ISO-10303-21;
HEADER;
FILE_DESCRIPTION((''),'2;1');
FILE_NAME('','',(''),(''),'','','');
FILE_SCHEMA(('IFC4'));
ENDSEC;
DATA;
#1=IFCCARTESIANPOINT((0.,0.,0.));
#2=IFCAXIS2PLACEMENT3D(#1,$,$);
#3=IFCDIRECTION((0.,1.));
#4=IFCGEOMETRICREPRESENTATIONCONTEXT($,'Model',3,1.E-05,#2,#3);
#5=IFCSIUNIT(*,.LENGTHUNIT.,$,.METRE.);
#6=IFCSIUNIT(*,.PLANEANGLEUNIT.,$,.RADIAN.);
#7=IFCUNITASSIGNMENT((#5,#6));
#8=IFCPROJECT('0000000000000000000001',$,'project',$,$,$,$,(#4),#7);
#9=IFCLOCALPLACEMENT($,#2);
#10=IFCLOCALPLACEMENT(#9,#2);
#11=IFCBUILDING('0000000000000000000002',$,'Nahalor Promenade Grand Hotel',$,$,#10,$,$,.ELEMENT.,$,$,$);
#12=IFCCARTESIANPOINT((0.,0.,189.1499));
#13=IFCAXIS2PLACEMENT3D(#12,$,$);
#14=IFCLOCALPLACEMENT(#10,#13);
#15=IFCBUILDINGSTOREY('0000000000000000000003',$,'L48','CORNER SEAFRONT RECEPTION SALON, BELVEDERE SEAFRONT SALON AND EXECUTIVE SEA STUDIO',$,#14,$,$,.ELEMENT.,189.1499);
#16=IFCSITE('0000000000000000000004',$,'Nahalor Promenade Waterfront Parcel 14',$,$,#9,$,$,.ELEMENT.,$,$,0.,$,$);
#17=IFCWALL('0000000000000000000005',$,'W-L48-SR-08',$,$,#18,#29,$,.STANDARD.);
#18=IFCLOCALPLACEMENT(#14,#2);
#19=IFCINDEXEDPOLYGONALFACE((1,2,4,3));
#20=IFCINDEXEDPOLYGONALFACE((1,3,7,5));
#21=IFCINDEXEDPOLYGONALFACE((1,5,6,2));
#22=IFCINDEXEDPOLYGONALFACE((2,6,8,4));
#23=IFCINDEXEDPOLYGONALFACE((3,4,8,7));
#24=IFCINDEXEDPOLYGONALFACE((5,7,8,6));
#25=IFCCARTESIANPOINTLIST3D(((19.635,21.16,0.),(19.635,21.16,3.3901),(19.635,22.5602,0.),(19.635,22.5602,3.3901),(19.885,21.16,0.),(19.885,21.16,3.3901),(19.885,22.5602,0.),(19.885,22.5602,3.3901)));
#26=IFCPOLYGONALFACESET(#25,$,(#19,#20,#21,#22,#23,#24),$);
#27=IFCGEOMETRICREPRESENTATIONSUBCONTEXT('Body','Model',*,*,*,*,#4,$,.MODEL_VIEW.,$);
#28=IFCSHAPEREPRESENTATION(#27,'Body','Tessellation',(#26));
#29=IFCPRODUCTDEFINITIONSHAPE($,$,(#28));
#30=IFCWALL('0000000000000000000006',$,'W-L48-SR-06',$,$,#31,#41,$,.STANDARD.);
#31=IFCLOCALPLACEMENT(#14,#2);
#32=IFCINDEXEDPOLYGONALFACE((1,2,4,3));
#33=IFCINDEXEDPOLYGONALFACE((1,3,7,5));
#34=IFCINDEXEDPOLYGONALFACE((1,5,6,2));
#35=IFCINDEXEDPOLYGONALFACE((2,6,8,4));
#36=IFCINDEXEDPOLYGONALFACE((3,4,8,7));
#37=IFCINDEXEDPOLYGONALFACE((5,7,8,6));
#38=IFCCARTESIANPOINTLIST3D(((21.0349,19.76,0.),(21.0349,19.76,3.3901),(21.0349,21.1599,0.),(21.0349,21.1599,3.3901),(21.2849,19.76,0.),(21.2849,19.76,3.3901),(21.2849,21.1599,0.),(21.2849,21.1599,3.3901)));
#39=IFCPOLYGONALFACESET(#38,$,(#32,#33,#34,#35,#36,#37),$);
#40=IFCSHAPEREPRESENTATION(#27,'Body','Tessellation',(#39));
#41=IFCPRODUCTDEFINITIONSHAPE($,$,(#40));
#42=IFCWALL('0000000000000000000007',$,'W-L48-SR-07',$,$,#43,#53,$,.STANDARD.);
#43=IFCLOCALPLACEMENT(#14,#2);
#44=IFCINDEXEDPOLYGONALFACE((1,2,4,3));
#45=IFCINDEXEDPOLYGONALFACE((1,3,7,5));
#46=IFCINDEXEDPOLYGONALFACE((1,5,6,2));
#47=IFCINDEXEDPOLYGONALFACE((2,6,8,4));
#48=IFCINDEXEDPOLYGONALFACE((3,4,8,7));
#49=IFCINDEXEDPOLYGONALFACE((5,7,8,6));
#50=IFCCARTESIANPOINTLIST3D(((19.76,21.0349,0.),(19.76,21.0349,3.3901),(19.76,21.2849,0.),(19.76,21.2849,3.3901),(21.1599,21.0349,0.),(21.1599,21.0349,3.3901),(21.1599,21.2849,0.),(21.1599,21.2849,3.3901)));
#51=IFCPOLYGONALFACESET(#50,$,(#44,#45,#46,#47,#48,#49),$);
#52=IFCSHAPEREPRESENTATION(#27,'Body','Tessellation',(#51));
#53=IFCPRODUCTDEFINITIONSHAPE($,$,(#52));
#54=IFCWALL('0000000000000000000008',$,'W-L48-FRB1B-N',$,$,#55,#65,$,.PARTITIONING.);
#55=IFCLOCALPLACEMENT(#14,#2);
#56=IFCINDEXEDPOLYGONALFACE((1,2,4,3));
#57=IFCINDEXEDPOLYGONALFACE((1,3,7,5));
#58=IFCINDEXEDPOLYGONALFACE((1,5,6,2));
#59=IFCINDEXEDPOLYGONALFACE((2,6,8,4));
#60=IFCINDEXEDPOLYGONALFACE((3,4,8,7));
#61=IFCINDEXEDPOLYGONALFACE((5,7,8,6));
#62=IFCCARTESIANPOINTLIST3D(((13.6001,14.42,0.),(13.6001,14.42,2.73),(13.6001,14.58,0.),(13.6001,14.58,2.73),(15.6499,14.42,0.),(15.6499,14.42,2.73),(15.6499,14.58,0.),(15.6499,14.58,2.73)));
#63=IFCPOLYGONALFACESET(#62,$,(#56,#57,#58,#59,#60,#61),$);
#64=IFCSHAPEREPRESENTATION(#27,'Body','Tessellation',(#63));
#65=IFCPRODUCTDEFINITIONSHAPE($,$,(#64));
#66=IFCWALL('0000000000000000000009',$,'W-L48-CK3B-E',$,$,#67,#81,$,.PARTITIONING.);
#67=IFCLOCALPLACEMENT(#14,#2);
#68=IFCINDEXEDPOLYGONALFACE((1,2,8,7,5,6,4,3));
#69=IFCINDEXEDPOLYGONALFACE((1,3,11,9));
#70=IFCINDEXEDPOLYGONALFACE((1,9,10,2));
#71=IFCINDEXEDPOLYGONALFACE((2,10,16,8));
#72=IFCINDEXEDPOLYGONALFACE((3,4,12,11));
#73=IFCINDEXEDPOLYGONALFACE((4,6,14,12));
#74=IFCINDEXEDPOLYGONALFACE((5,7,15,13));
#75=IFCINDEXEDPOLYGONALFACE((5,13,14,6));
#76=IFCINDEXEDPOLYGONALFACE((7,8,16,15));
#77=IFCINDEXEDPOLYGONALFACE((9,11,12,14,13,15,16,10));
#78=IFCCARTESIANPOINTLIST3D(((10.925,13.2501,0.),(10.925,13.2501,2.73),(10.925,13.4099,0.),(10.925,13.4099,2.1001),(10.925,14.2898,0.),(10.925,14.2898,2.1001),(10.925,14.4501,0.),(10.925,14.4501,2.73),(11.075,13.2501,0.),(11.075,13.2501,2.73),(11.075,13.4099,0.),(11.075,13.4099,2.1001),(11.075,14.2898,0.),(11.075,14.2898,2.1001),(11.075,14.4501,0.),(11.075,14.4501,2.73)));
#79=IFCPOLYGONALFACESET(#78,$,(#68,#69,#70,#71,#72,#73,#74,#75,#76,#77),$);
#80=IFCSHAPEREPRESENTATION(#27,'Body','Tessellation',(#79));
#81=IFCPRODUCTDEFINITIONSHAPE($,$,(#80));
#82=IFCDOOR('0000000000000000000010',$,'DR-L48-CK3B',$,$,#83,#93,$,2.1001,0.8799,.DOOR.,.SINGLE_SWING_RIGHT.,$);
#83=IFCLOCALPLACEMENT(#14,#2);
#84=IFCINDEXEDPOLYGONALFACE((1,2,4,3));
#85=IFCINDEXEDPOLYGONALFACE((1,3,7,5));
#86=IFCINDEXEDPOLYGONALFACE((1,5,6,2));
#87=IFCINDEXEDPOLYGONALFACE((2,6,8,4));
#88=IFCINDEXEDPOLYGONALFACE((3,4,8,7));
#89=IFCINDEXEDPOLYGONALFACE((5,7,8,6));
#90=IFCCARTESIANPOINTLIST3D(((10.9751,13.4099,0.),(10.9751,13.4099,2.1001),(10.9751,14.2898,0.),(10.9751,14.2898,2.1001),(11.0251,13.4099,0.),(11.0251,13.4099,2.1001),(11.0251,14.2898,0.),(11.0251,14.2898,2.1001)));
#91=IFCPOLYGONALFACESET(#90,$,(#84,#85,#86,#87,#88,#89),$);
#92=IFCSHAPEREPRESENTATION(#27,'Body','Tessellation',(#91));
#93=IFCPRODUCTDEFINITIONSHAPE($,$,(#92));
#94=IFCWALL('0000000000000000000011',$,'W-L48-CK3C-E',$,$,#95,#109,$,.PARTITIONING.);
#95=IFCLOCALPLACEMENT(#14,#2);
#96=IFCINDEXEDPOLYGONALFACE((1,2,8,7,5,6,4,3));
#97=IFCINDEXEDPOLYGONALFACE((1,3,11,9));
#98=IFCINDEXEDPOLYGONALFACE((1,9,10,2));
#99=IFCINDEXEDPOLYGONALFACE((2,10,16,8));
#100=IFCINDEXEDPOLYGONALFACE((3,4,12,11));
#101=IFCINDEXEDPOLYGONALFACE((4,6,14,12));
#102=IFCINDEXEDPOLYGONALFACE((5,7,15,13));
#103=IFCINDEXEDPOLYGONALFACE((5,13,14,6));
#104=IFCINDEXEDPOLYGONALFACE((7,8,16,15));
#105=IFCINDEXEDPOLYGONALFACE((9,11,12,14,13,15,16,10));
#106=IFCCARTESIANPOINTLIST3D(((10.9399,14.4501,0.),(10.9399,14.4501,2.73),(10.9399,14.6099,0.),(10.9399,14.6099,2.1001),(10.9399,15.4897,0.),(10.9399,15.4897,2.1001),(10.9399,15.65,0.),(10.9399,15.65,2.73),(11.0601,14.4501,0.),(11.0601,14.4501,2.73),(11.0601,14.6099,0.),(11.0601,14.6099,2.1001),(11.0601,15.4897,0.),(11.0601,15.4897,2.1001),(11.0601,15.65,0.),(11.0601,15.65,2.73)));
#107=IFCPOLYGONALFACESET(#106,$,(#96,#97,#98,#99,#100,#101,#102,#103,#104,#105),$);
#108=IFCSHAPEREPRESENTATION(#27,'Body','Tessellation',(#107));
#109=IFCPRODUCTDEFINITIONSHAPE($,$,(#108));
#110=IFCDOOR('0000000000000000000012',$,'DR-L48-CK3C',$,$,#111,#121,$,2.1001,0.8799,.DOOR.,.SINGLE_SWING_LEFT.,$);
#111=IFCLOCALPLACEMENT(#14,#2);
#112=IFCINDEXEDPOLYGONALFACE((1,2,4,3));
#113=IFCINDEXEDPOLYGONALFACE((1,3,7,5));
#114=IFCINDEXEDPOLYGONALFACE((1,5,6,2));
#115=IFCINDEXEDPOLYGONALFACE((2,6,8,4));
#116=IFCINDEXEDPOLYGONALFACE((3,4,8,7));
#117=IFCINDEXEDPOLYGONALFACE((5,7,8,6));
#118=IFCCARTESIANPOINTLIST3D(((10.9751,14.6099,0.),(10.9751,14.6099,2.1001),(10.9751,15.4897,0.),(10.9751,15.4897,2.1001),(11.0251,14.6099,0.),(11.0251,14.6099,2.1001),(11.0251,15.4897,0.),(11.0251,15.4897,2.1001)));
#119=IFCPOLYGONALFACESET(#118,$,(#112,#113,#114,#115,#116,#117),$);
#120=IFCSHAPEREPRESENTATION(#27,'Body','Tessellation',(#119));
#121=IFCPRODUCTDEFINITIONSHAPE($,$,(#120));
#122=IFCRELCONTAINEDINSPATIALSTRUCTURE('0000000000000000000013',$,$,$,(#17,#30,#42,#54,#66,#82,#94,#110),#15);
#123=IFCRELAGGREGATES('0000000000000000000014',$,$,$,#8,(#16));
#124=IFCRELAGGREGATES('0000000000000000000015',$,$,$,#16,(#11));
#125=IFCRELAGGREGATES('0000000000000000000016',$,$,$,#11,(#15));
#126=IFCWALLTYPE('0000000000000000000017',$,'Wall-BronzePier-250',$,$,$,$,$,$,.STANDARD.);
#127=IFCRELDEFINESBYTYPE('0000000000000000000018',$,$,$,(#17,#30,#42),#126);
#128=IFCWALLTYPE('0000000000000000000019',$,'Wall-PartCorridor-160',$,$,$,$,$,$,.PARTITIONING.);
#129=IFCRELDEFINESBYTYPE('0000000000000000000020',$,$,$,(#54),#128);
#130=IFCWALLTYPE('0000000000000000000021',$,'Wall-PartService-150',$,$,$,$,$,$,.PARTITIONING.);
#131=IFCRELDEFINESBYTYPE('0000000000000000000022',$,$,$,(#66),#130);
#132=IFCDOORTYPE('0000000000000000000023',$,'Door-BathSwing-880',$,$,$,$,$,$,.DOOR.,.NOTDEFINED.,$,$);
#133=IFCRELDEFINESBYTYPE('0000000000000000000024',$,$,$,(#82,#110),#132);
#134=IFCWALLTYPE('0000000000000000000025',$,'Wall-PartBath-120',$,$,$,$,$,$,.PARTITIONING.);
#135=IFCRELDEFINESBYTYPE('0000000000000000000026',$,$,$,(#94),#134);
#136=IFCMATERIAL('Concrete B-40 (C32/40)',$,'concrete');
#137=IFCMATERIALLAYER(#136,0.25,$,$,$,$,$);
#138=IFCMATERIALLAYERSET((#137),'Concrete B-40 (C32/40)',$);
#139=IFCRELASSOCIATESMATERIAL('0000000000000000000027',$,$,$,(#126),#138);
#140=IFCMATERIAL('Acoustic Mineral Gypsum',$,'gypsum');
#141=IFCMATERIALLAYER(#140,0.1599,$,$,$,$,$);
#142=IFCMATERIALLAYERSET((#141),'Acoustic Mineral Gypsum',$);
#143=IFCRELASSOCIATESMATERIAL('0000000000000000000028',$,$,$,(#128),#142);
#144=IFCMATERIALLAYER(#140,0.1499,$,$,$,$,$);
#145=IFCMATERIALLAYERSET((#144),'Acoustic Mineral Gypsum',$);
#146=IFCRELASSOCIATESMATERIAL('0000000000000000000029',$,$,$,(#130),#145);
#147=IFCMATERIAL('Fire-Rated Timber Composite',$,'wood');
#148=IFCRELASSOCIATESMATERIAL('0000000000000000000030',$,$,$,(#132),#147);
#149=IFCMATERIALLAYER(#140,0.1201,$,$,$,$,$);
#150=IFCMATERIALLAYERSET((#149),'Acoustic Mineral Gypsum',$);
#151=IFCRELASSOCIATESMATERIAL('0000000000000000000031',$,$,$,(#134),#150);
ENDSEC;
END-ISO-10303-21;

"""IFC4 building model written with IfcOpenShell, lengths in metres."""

from ifc_helpers import new_model, si_unit, direction, frame, frame_2d, origin, place, context, subcontext, project, spatial, rectangle, extrude, source, transform, mapped, material, layer, layer_set, type_object, element, fill, save


model = new_model("IFC4")

# Units and contexts
model_context = context("Model", 3, precision=1e-05, world=origin(), true_north=direction((0.0, 1.0)))
body_context = subcontext(model_context, "Body", "Model", "MODEL_VIEW")
ifc_project = project(units=[si_unit("LENGTHUNIT", "METRE"), si_unit("PLANEANGLEUNIT", "RADIAN")], contexts=[model_context])

# Site, building, storey
site_placement = place(None, origin())
site = spatial("IfcSite", under=ifc_project, at=site_placement, Name="Nahalor Promenade Waterfront Parcel 14", CompositionType="ELEMENT", RefElevation=0.0)
building_placement = place(site_placement, origin())
building = spatial("IfcBuilding", under=site, at=building_placement, Name="Nahalor Promenade Grand Hotel", CompositionType="ELEMENT")
storey_placement = place(building_placement, frame((0.0, 0.0, 189.1499)))
storey = spatial("IfcBuildingStorey", under=building, at=storey_placement, Name="L48", Description="CORNER SEAFRONT RECEPTION SALON, BELVEDERE SEAFRONT SALON AND EXECUTIVE SEA STUDIO", CompositionType="ELEMENT", Elevation=189.1499)

# Walls
ifc_material_1 = material(Name="Concrete B-40 (C32/40)", Category="concrete")
ifc_layer_1 = layer(ifc_material_1, 0.25)
ifc_layer_set_1 = layer_set([ifc_layer_1], Name="Concrete B-40 (C32/40)")
wall_type_1 = type_object("IfcWallType", Name="Wall-BronzePier-250", PredefinedType="STANDARD", material=ifc_layer_set_1)
shared_shape_1 = source(origin(), body_context, "Body", "SweptSolid", [
    extrude(rectangle(XDim=1.4001, YDim=0.25, at=frame_2d((0.7002, 0.0))), origin(), (0.0, 0.0, 1.0), 3.3901),
])
for number, where, z_axis, x_axis, name in (
    (1, (19.76, 21.1599, 0.0), (0.0, 0.0, 1.0), (0.0, 1.0, 0.0), "W-L48-SR-08"),
):
    element("IfcWall", number, at=place(storey_placement, frame(where, z_axis=z_axis, x_axis=x_axis)), inside=storey, type_object=wall_type_1, Name=name, PredefinedType="STANDARD", context=body_context, shape_type="MappedRepresentation", body=[
        mapped(shared_shape_1, transform((0.0, 0.0, 0.0), scale=1.0)),
    ])
shared_shape_2 = source(origin(), body_context, "Body", "SweptSolid", [
    extrude(rectangle(XDim=1.3999, YDim=0.25, at=frame_2d((0.7, 0.0))), origin(), (0.0, 0.0, 1.0), 3.3901),
])
for number, where, z_axis, x_axis, name in (
    (2, (21.1599, 19.76, 0.0), (0.0, 0.0, 1.0), (0.0, 1.0, 0.0), "W-L48-SR-06"),
    (3, (19.76, 21.1599, 0.0), (0.0, 0.0, 1.0), (1.0, 0.0, 0.0), "W-L48-SR-07"),
):
    element("IfcWall", number, at=place(storey_placement, frame(where, z_axis=z_axis, x_axis=x_axis)), inside=storey, type_object=wall_type_1, Name=name, PredefinedType="STANDARD", context=body_context, shape_type="MappedRepresentation", body=[
        mapped(shared_shape_2, transform((0.0, 0.0, 0.0), scale=1.0)),
    ])
ifc_material_2 = material(Name="Acoustic Mineral Gypsum", Category="gypsum")
ifc_layer_2 = layer(ifc_material_2, 0.1599)
ifc_layer_set_2 = layer_set([ifc_layer_2], Name="Acoustic Mineral Gypsum")
wall_type_2 = type_object("IfcWallType", Name="Wall-PartCorridor-160", PredefinedType="PARTITIONING", material=ifc_layer_set_2)
shared_shape_3 = source(origin(), body_context, "Body", "SweptSolid", [
    extrude(rectangle(XDim=2.0498, YDim=0.1599, at=frame_2d((1.0249, 0.0))), origin(), (0.0, 0.0, 1.0), 2.73),
])
wall_1_placement = place(storey_placement, frame((13.6001, 14.5, 0.0), z_axis=(0.0, 0.0, 1.0), x_axis=(1.0, 0.0, 0.0)))
element("IfcWall", 4, at=wall_1_placement, inside=storey, type_object=wall_type_2, Name="W-L48-FRB1B-N", PredefinedType="PARTITIONING", context=body_context, shape_type="MappedRepresentation", body=[
    mapped(shared_shape_3, transform((0.0, 0.0, 0.0), scale=1.0)),
])

# Walls, openings, doors
ifc_layer_3 = layer(ifc_material_2, 0.1499)
ifc_layer_set_3 = layer_set([ifc_layer_3], Name="Acoustic Mineral Gypsum")
wall_type_3 = type_object("IfcWallType", Name="Wall-PartService-150", PredefinedType="PARTITIONING", material=ifc_layer_set_3)
shared_shape_4 = source(origin(), body_context, "Body", "SweptSolid", [
    extrude(rectangle(XDim=1.2, YDim=0.1499, at=frame_2d((0.6001, 0.0))), origin(), (0.0, 0.0, 1.0), 2.73),
])
wall_2_placement = place(storey_placement, frame((11.0, 13.25, 0.0), z_axis=(0.0, 0.0, 1.0), x_axis=(0.0, 1.0, 0.0)))
wall_2 = element("IfcWall", 5, at=wall_2_placement, inside=storey, type_object=wall_type_3, Name="W-L48-CK3B-E", PredefinedType="PARTITIONING", context=body_context, shape_type="MappedRepresentation", body=[
    mapped(shared_shape_4, transform((0.0, 0.0, 0.0), scale=1.0)),
])
opening_1_placement = place(wall_2_placement, frame((0.1599, 0.0, 0.0)))
opening_1 = element("IfcOpeningElement", 6, at=opening_1_placement, cuts=wall_2, PredefinedType="OPENING", context=body_context, shape_type="SweptSolid", body=[
    extrude(rectangle(XDim=0.8799, YDim=2.1001, at=frame_2d((0.4399, 1.05))), frame((0.0, 0.085, 0.0), z_axis=(0.0, -1.0, 0.0), x_axis=(1.0, 0.0, 0.0)), (0.0, 0.0, 1.0), 0.1699),
])
ifc_material_3 = material(Name="Fire-Rated Timber Composite", Category="wood")
door_type_1 = type_object("IfcDoorType", Name="Door-BathSwing-880", OperationType="NOTDEFINED", PredefinedType="DOOR", material=ifc_material_3)
shared_shape_5 = source(origin(), body_context, "Body", "SweptSolid", [
    extrude(rectangle(XDim=0.8799, YDim=2.1001, at=frame_2d((0.4399, 1.05))), frame((0.0, 0.0249, 0.0), z_axis=(0.0, -1.0, 0.0), x_axis=(1.0, 0.0, 0.0)), (0.0, 0.0, 1.0), 0.05),
])
door_1_placement = place(opening_1_placement, origin())
door_1 = element("IfcDoor", 7, at=door_1_placement, inside=storey, type_object=door_type_1, Name="DR-L48-CK3B", OperationType="SINGLE_SWING_RIGHT", OverallHeight=2.1001, OverallWidth=0.8799, PredefinedType="DOOR", context=body_context, shape_type="MappedRepresentation", body=[
    mapped(shared_shape_5, transform((0.0, 0.0, 0.0), scale=1.0)),
])
fill(opening_1, door_1)
ifc_layer_4 = layer(ifc_material_2, 0.1201)
ifc_layer_set_4 = layer_set([ifc_layer_4], Name="Acoustic Mineral Gypsum")
wall_type_4 = type_object("IfcWallType", Name="Wall-PartBath-120", PredefinedType="PARTITIONING", material=ifc_layer_set_4)
shared_shape_6 = source(origin(), body_context, "Body", "SweptSolid", [
    extrude(rectangle(XDim=1.2, YDim=0.1201, at=frame_2d((0.6001, 0.0))), origin(), (0.0, 0.0, 1.0), 2.73),
])
wall_3_placement = place(storey_placement, frame((11.0, 14.45, 0.0), z_axis=(0.0, 0.0, 1.0), x_axis=(0.0, 1.0, 0.0)))
wall_3 = element("IfcWall", 8, at=wall_3_placement, inside=storey, type_object=wall_type_4, Name="W-L48-CK3C-E", PredefinedType="PARTITIONING", context=body_context, shape_type="MappedRepresentation", body=[
    mapped(shared_shape_6, transform((0.0, 0.0, 0.0), scale=1.0)),
])
opening_2_placement = place(wall_3_placement, frame((0.1599, 0.0, 0.0)))
opening_2 = element("IfcOpeningElement", 9, at=opening_2_placement, cuts=wall_3, PredefinedType="OPENING", context=body_context, shape_type="SweptSolid", body=[
    extrude(rectangle(XDim=0.8799, YDim=2.1001, at=frame_2d((0.4399, 1.05))), frame((0.0, 0.0701, 0.0), z_axis=(0.0, -1.0, 0.0), x_axis=(1.0, 0.0, 0.0)), (0.0, 0.0, 1.0), 0.1401),
])
door_2_placement = place(opening_2_placement, origin())
door_2 = element("IfcDoor", 10, at=door_2_placement, inside=storey, type_object=door_type_1, Name="DR-L48-CK3C", OperationType="SINGLE_SWING_LEFT", OverallHeight=2.1001, OverallWidth=0.8799, PredefinedType="DOOR", context=body_context, shape_type="MappedRepresentation", body=[
    mapped(shared_shape_5, transform((0.0, 0.0, 0.0), scale=1.0)),
])
fill(opening_2, door_2)

save(model, "model.ifc")
